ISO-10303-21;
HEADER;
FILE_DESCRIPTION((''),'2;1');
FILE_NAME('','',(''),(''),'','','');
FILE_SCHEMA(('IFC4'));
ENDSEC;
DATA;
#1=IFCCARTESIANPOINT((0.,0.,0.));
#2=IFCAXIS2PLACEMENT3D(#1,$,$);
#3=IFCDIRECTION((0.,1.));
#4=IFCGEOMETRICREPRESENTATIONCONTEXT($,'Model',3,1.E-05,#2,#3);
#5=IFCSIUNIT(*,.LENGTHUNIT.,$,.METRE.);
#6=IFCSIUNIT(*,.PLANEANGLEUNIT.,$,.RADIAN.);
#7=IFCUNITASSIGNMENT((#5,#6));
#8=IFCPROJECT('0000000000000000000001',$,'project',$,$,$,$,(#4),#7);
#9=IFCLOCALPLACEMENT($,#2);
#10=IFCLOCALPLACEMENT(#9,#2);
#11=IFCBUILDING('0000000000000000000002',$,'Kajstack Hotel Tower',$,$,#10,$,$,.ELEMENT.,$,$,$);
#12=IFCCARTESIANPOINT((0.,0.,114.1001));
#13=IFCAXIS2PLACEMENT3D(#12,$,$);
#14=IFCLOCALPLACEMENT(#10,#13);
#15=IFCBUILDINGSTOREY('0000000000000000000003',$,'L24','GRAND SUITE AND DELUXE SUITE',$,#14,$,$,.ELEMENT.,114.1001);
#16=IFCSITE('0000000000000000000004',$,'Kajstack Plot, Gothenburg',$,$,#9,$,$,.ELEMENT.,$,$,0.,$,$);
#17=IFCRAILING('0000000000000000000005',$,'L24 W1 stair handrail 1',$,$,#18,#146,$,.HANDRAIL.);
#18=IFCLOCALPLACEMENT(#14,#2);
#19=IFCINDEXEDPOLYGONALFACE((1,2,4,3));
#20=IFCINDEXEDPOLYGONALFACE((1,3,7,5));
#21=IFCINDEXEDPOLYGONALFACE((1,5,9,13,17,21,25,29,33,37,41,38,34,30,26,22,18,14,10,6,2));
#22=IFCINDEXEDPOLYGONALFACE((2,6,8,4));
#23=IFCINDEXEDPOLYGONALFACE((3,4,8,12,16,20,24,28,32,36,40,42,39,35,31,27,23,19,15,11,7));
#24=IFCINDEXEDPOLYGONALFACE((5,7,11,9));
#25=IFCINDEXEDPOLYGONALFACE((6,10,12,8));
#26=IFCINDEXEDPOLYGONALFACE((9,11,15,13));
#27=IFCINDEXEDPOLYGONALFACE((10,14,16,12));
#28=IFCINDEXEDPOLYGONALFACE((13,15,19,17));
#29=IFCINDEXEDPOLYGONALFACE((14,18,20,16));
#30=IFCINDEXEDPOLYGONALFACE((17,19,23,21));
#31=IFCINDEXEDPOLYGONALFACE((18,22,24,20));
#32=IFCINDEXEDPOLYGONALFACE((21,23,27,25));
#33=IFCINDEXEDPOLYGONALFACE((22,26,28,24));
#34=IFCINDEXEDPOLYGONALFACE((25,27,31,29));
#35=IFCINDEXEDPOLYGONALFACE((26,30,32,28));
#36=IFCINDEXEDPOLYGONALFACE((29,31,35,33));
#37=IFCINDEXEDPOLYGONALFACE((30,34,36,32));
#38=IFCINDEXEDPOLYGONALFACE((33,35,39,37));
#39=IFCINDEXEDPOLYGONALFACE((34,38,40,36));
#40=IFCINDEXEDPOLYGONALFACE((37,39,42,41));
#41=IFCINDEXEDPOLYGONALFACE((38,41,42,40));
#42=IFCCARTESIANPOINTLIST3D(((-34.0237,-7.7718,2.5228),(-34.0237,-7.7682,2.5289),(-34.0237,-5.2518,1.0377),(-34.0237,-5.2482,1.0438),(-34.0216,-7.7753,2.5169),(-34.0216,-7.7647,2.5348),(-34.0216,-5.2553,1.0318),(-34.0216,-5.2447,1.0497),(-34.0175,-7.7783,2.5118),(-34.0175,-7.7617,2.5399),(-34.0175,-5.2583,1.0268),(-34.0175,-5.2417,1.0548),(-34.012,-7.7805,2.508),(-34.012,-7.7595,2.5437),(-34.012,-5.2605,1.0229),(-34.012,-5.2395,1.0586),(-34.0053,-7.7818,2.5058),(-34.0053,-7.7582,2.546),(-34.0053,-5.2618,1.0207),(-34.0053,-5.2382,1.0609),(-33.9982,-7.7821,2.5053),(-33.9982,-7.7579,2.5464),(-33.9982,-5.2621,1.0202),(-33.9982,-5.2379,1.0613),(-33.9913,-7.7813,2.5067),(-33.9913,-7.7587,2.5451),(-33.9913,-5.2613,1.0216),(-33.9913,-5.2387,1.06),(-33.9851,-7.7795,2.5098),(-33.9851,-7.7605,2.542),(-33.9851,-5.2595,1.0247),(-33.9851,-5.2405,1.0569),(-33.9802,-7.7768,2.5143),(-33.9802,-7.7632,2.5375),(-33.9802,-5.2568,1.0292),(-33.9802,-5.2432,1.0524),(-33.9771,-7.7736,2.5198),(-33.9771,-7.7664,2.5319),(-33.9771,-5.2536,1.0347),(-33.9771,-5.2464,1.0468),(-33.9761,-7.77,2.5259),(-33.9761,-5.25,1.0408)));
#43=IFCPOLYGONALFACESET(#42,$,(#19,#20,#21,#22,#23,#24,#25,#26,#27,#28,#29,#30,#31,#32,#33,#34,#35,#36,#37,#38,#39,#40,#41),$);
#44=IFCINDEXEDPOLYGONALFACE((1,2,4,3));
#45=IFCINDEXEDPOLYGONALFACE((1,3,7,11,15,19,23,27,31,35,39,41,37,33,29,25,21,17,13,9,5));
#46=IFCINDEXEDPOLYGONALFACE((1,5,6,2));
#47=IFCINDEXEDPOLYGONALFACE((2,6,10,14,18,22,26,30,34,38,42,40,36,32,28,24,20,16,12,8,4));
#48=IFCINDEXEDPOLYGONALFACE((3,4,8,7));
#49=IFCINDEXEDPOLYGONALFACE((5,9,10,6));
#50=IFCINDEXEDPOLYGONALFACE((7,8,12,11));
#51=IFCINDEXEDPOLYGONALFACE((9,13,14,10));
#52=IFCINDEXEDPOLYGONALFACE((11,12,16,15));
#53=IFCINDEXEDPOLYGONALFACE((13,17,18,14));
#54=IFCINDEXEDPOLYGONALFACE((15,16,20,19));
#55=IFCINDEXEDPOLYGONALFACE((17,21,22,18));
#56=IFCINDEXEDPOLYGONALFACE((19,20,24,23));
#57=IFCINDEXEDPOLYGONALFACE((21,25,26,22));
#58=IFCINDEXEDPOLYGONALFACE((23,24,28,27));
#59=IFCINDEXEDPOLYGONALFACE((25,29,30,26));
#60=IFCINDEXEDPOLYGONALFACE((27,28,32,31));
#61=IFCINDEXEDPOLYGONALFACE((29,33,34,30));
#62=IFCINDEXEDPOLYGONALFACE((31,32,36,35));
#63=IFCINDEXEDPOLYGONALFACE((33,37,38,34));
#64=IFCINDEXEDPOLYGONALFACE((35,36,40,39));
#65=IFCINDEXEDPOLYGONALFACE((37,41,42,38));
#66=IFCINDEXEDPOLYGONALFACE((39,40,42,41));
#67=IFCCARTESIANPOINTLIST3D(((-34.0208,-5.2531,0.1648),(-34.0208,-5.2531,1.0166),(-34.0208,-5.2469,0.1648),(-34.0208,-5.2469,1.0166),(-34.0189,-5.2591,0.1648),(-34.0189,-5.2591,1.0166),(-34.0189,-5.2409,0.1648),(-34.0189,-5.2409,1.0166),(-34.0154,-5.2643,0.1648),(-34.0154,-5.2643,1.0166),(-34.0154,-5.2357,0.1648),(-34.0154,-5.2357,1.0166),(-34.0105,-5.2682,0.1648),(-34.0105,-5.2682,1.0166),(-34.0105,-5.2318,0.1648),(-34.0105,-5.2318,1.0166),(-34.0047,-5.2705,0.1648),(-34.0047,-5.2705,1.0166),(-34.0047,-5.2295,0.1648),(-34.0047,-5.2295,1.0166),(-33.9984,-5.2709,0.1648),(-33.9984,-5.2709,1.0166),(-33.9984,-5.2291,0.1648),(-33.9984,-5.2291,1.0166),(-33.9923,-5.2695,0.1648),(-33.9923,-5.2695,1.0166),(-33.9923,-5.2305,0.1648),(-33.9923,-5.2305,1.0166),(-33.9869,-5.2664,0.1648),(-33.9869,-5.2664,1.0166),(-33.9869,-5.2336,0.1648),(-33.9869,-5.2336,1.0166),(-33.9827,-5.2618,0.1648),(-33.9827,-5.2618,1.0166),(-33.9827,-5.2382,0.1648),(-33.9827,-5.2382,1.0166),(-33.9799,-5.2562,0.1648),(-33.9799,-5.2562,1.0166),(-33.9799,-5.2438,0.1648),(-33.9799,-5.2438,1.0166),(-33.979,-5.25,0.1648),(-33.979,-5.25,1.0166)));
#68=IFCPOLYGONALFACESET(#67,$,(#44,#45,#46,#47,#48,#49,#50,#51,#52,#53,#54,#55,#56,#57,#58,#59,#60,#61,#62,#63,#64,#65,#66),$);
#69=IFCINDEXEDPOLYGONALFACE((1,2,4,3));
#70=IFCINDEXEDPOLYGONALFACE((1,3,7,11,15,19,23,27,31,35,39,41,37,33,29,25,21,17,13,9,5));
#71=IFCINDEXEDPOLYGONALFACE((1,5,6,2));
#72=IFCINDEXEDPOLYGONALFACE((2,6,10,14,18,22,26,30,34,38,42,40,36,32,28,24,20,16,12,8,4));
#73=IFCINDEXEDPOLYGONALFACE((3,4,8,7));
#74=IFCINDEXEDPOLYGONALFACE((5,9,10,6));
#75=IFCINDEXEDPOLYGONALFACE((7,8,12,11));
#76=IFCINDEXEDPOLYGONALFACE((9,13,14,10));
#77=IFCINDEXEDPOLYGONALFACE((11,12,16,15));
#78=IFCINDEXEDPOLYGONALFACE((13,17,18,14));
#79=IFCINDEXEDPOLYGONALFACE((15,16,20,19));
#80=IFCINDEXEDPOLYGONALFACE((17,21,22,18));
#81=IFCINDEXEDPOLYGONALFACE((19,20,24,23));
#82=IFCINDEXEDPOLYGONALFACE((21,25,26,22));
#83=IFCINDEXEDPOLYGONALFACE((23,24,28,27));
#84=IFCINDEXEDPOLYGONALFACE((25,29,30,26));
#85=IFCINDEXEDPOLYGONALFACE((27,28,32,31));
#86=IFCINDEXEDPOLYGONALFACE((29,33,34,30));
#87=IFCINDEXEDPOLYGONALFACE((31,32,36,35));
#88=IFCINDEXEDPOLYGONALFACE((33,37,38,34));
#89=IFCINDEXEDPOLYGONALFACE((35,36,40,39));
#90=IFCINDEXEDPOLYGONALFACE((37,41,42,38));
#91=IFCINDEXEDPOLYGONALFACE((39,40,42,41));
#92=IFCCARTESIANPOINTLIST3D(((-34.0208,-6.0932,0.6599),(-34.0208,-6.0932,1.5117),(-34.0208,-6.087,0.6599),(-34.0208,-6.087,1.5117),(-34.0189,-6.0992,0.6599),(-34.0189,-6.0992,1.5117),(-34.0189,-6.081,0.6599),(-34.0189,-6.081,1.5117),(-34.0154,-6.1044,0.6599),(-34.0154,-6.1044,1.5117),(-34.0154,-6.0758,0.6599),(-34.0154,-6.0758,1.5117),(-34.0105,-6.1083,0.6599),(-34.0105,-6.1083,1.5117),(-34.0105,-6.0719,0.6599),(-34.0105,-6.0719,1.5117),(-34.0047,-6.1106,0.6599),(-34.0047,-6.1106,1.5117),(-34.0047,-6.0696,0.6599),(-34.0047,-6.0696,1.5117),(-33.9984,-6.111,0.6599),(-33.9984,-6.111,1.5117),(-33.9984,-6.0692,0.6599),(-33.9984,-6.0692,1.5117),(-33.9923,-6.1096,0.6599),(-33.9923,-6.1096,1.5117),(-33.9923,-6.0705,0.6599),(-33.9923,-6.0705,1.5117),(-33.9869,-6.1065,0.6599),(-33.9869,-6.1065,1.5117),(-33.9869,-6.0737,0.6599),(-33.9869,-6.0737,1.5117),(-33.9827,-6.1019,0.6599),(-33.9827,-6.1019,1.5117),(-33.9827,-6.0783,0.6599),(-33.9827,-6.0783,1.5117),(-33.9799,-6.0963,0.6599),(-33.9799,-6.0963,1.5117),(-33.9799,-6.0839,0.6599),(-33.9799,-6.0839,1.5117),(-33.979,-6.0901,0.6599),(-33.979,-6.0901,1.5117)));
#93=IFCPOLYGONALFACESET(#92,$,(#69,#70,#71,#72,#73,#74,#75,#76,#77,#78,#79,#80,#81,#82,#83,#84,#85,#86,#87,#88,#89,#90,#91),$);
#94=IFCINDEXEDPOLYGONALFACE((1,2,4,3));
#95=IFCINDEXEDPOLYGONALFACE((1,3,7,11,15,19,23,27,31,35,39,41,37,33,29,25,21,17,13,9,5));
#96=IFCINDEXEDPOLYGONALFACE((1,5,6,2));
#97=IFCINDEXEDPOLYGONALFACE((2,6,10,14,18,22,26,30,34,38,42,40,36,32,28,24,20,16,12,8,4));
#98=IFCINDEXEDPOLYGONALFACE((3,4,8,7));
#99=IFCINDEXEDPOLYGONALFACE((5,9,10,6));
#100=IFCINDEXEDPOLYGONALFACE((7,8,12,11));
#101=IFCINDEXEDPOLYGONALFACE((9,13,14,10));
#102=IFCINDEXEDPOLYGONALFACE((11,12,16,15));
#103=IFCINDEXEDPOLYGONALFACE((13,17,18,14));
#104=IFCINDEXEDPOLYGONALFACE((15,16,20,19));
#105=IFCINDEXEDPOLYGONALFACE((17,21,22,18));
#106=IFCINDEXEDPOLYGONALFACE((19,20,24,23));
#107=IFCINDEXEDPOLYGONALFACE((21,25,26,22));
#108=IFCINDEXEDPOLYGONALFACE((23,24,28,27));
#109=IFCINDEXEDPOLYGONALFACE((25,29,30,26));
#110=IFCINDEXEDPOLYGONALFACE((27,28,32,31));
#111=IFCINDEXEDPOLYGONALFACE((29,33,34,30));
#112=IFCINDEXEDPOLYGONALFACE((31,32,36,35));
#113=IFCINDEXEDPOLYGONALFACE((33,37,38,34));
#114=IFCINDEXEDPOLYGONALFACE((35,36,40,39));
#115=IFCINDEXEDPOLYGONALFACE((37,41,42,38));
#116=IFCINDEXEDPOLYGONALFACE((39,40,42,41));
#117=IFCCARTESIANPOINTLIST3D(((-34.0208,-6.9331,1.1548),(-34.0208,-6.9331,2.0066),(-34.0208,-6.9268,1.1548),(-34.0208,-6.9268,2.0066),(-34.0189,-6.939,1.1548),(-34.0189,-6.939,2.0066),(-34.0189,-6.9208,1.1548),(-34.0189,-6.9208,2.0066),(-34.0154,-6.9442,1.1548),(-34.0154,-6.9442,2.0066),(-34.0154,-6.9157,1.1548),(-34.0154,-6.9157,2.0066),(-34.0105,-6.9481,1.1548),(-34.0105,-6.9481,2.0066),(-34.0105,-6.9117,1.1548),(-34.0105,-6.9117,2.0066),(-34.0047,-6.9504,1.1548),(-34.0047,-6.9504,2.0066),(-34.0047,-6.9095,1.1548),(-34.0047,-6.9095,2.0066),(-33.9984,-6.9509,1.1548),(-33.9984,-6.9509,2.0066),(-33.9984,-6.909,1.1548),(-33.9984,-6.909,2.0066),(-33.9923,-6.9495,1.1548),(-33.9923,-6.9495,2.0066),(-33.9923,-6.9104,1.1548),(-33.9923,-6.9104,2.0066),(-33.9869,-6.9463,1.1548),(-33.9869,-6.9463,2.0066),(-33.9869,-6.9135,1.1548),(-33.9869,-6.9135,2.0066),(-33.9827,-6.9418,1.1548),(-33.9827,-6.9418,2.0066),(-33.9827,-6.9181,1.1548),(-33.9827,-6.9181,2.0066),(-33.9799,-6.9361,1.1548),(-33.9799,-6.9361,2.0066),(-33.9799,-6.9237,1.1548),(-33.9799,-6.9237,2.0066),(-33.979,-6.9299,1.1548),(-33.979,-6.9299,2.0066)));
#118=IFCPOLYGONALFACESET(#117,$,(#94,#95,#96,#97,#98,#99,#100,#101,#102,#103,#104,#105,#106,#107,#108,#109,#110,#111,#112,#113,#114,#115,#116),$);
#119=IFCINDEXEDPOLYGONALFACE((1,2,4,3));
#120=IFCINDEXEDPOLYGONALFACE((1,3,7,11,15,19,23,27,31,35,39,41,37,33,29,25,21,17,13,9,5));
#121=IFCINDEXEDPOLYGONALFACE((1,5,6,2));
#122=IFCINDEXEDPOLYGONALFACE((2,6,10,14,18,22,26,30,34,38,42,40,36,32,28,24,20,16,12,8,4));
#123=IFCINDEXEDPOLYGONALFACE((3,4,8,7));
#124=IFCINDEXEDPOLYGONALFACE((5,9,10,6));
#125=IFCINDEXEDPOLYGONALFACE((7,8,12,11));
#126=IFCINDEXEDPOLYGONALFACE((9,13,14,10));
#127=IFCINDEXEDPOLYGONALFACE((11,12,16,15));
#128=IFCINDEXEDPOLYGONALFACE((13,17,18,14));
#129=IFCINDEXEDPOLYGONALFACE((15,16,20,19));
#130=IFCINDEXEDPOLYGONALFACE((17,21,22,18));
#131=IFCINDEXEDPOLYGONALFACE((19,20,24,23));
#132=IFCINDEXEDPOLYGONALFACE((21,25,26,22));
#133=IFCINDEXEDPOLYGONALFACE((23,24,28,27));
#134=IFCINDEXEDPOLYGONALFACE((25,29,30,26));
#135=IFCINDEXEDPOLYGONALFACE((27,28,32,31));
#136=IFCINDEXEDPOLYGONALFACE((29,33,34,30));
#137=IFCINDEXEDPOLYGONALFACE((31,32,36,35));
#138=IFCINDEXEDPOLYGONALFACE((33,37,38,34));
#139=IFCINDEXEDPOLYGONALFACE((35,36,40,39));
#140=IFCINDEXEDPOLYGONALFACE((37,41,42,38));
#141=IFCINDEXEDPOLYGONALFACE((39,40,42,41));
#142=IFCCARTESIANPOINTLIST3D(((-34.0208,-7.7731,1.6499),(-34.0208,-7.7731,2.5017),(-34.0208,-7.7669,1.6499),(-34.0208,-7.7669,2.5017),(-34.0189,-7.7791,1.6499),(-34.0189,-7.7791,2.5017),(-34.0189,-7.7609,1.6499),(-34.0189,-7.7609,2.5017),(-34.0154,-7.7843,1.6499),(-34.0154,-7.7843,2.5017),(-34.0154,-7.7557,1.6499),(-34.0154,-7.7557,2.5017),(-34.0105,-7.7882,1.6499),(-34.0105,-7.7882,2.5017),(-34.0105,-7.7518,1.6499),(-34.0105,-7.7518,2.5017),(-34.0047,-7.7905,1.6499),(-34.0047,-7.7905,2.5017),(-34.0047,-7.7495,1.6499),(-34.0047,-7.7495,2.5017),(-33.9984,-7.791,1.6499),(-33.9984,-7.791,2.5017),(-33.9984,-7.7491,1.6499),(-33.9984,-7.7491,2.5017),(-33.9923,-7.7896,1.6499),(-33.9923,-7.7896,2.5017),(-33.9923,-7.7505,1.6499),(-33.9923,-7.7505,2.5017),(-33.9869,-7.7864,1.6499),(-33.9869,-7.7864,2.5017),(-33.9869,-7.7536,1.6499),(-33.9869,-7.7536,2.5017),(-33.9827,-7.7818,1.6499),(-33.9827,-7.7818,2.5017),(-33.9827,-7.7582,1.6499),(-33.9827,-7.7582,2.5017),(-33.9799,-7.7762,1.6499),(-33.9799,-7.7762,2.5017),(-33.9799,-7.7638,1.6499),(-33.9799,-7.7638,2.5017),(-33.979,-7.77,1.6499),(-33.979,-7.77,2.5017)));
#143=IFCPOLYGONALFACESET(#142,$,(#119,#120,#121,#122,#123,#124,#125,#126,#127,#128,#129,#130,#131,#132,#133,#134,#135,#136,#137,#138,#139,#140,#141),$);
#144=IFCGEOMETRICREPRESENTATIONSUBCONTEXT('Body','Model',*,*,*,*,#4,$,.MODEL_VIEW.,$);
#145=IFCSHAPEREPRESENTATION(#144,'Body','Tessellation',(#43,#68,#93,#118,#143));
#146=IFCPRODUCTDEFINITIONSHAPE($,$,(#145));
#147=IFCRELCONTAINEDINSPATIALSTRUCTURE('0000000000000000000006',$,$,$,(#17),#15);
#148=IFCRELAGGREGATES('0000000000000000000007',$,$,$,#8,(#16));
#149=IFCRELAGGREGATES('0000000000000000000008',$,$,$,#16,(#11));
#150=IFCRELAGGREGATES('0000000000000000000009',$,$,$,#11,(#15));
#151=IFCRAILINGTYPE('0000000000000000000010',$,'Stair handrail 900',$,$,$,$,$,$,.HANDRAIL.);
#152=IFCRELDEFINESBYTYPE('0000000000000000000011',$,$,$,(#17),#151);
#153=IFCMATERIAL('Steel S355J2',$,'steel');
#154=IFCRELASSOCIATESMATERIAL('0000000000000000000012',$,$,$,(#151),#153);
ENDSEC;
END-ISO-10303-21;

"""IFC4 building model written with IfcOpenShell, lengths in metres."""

from ifc_helpers import new_model, si_unit, direction, frame, origin, origin_2d, place, context, subcontext, project, spatial, circle, extrude, material, type_object, element, save


model = new_model("IFC4")

# Units and contexts
model_context = context("Model", 3, precision=1e-05, world=origin(), true_north=direction((0.0, 1.0)))
body_context = subcontext(model_context, "Body", "Model", "MODEL_VIEW")
ifc_project = project(units=[si_unit("LENGTHUNIT", "METRE"), si_unit("PLANEANGLEUNIT", "RADIAN")], contexts=[model_context])

# Site, building, storey
site_placement = place(None, origin())
site = spatial("IfcSite", under=ifc_project, at=site_placement, Name="Kajstack Plot, Gothenburg", CompositionType="ELEMENT", RefElevation=0.0)
building_placement = place(site_placement, origin())
building = spatial("IfcBuilding", under=site, at=building_placement, Name="Kajstack Hotel Tower", CompositionType="ELEMENT")
storey_placement = place(building_placement, frame((0.0, 0.0, 114.1001)))
storey = spatial("IfcBuildingStorey", under=building, at=storey_placement, Name="L24", Description="GRAND SUITE AND DELUXE SUITE", CompositionType="ELEMENT", Elevation=114.1001)

# Railing
ifc_material_1 = material(Name="Steel S355J2", Category="steel")
railing_type_1 = type_object("IfcRailingType", Name="Stair handrail 900", PredefinedType="HANDRAIL", material=ifc_material_1)
railing_1_placement = place(storey_placement, frame((-34.0, -5.25, 0.1648)))
element("IfcRailing", 1, at=railing_1_placement, inside=storey, type_object=railing_type_1, Name="L24 W1 stair handrail 1", PredefinedType="HANDRAIL", context=body_context, shape_type="SweptSolid", body=[
    extrude(circle(Radius=0.0239, at=origin_2d()), frame((0.0, 0.0, 0.876), z_axis=(0.0, -0.861524, 0.507717), x_axis=(1.0, 0.0, 0.0)), (0.0, 0.0, 1.0), 2.925),
    extrude(circle(Radius=0.021, at=origin_2d()), origin(), (0.0, 0.0, 1.0), 0.8518),
    extrude(circle(Radius=0.021, at=origin_2d()), frame((0.0, -0.8401, 0.4951)), (0.0, 0.0, 1.0), 0.8518),
    extrude(circle(Radius=0.021, at=origin_2d()), frame((0.0, -1.6799, 0.99)), (0.0, 0.0, 1.0), 0.8518),
    extrude(circle(Radius=0.021, at=origin_2d()), frame((0.0, -2.52, 1.4851)), (0.0, 0.0, 1.0), 0.8518),
])

save(model, "model.ifc")
